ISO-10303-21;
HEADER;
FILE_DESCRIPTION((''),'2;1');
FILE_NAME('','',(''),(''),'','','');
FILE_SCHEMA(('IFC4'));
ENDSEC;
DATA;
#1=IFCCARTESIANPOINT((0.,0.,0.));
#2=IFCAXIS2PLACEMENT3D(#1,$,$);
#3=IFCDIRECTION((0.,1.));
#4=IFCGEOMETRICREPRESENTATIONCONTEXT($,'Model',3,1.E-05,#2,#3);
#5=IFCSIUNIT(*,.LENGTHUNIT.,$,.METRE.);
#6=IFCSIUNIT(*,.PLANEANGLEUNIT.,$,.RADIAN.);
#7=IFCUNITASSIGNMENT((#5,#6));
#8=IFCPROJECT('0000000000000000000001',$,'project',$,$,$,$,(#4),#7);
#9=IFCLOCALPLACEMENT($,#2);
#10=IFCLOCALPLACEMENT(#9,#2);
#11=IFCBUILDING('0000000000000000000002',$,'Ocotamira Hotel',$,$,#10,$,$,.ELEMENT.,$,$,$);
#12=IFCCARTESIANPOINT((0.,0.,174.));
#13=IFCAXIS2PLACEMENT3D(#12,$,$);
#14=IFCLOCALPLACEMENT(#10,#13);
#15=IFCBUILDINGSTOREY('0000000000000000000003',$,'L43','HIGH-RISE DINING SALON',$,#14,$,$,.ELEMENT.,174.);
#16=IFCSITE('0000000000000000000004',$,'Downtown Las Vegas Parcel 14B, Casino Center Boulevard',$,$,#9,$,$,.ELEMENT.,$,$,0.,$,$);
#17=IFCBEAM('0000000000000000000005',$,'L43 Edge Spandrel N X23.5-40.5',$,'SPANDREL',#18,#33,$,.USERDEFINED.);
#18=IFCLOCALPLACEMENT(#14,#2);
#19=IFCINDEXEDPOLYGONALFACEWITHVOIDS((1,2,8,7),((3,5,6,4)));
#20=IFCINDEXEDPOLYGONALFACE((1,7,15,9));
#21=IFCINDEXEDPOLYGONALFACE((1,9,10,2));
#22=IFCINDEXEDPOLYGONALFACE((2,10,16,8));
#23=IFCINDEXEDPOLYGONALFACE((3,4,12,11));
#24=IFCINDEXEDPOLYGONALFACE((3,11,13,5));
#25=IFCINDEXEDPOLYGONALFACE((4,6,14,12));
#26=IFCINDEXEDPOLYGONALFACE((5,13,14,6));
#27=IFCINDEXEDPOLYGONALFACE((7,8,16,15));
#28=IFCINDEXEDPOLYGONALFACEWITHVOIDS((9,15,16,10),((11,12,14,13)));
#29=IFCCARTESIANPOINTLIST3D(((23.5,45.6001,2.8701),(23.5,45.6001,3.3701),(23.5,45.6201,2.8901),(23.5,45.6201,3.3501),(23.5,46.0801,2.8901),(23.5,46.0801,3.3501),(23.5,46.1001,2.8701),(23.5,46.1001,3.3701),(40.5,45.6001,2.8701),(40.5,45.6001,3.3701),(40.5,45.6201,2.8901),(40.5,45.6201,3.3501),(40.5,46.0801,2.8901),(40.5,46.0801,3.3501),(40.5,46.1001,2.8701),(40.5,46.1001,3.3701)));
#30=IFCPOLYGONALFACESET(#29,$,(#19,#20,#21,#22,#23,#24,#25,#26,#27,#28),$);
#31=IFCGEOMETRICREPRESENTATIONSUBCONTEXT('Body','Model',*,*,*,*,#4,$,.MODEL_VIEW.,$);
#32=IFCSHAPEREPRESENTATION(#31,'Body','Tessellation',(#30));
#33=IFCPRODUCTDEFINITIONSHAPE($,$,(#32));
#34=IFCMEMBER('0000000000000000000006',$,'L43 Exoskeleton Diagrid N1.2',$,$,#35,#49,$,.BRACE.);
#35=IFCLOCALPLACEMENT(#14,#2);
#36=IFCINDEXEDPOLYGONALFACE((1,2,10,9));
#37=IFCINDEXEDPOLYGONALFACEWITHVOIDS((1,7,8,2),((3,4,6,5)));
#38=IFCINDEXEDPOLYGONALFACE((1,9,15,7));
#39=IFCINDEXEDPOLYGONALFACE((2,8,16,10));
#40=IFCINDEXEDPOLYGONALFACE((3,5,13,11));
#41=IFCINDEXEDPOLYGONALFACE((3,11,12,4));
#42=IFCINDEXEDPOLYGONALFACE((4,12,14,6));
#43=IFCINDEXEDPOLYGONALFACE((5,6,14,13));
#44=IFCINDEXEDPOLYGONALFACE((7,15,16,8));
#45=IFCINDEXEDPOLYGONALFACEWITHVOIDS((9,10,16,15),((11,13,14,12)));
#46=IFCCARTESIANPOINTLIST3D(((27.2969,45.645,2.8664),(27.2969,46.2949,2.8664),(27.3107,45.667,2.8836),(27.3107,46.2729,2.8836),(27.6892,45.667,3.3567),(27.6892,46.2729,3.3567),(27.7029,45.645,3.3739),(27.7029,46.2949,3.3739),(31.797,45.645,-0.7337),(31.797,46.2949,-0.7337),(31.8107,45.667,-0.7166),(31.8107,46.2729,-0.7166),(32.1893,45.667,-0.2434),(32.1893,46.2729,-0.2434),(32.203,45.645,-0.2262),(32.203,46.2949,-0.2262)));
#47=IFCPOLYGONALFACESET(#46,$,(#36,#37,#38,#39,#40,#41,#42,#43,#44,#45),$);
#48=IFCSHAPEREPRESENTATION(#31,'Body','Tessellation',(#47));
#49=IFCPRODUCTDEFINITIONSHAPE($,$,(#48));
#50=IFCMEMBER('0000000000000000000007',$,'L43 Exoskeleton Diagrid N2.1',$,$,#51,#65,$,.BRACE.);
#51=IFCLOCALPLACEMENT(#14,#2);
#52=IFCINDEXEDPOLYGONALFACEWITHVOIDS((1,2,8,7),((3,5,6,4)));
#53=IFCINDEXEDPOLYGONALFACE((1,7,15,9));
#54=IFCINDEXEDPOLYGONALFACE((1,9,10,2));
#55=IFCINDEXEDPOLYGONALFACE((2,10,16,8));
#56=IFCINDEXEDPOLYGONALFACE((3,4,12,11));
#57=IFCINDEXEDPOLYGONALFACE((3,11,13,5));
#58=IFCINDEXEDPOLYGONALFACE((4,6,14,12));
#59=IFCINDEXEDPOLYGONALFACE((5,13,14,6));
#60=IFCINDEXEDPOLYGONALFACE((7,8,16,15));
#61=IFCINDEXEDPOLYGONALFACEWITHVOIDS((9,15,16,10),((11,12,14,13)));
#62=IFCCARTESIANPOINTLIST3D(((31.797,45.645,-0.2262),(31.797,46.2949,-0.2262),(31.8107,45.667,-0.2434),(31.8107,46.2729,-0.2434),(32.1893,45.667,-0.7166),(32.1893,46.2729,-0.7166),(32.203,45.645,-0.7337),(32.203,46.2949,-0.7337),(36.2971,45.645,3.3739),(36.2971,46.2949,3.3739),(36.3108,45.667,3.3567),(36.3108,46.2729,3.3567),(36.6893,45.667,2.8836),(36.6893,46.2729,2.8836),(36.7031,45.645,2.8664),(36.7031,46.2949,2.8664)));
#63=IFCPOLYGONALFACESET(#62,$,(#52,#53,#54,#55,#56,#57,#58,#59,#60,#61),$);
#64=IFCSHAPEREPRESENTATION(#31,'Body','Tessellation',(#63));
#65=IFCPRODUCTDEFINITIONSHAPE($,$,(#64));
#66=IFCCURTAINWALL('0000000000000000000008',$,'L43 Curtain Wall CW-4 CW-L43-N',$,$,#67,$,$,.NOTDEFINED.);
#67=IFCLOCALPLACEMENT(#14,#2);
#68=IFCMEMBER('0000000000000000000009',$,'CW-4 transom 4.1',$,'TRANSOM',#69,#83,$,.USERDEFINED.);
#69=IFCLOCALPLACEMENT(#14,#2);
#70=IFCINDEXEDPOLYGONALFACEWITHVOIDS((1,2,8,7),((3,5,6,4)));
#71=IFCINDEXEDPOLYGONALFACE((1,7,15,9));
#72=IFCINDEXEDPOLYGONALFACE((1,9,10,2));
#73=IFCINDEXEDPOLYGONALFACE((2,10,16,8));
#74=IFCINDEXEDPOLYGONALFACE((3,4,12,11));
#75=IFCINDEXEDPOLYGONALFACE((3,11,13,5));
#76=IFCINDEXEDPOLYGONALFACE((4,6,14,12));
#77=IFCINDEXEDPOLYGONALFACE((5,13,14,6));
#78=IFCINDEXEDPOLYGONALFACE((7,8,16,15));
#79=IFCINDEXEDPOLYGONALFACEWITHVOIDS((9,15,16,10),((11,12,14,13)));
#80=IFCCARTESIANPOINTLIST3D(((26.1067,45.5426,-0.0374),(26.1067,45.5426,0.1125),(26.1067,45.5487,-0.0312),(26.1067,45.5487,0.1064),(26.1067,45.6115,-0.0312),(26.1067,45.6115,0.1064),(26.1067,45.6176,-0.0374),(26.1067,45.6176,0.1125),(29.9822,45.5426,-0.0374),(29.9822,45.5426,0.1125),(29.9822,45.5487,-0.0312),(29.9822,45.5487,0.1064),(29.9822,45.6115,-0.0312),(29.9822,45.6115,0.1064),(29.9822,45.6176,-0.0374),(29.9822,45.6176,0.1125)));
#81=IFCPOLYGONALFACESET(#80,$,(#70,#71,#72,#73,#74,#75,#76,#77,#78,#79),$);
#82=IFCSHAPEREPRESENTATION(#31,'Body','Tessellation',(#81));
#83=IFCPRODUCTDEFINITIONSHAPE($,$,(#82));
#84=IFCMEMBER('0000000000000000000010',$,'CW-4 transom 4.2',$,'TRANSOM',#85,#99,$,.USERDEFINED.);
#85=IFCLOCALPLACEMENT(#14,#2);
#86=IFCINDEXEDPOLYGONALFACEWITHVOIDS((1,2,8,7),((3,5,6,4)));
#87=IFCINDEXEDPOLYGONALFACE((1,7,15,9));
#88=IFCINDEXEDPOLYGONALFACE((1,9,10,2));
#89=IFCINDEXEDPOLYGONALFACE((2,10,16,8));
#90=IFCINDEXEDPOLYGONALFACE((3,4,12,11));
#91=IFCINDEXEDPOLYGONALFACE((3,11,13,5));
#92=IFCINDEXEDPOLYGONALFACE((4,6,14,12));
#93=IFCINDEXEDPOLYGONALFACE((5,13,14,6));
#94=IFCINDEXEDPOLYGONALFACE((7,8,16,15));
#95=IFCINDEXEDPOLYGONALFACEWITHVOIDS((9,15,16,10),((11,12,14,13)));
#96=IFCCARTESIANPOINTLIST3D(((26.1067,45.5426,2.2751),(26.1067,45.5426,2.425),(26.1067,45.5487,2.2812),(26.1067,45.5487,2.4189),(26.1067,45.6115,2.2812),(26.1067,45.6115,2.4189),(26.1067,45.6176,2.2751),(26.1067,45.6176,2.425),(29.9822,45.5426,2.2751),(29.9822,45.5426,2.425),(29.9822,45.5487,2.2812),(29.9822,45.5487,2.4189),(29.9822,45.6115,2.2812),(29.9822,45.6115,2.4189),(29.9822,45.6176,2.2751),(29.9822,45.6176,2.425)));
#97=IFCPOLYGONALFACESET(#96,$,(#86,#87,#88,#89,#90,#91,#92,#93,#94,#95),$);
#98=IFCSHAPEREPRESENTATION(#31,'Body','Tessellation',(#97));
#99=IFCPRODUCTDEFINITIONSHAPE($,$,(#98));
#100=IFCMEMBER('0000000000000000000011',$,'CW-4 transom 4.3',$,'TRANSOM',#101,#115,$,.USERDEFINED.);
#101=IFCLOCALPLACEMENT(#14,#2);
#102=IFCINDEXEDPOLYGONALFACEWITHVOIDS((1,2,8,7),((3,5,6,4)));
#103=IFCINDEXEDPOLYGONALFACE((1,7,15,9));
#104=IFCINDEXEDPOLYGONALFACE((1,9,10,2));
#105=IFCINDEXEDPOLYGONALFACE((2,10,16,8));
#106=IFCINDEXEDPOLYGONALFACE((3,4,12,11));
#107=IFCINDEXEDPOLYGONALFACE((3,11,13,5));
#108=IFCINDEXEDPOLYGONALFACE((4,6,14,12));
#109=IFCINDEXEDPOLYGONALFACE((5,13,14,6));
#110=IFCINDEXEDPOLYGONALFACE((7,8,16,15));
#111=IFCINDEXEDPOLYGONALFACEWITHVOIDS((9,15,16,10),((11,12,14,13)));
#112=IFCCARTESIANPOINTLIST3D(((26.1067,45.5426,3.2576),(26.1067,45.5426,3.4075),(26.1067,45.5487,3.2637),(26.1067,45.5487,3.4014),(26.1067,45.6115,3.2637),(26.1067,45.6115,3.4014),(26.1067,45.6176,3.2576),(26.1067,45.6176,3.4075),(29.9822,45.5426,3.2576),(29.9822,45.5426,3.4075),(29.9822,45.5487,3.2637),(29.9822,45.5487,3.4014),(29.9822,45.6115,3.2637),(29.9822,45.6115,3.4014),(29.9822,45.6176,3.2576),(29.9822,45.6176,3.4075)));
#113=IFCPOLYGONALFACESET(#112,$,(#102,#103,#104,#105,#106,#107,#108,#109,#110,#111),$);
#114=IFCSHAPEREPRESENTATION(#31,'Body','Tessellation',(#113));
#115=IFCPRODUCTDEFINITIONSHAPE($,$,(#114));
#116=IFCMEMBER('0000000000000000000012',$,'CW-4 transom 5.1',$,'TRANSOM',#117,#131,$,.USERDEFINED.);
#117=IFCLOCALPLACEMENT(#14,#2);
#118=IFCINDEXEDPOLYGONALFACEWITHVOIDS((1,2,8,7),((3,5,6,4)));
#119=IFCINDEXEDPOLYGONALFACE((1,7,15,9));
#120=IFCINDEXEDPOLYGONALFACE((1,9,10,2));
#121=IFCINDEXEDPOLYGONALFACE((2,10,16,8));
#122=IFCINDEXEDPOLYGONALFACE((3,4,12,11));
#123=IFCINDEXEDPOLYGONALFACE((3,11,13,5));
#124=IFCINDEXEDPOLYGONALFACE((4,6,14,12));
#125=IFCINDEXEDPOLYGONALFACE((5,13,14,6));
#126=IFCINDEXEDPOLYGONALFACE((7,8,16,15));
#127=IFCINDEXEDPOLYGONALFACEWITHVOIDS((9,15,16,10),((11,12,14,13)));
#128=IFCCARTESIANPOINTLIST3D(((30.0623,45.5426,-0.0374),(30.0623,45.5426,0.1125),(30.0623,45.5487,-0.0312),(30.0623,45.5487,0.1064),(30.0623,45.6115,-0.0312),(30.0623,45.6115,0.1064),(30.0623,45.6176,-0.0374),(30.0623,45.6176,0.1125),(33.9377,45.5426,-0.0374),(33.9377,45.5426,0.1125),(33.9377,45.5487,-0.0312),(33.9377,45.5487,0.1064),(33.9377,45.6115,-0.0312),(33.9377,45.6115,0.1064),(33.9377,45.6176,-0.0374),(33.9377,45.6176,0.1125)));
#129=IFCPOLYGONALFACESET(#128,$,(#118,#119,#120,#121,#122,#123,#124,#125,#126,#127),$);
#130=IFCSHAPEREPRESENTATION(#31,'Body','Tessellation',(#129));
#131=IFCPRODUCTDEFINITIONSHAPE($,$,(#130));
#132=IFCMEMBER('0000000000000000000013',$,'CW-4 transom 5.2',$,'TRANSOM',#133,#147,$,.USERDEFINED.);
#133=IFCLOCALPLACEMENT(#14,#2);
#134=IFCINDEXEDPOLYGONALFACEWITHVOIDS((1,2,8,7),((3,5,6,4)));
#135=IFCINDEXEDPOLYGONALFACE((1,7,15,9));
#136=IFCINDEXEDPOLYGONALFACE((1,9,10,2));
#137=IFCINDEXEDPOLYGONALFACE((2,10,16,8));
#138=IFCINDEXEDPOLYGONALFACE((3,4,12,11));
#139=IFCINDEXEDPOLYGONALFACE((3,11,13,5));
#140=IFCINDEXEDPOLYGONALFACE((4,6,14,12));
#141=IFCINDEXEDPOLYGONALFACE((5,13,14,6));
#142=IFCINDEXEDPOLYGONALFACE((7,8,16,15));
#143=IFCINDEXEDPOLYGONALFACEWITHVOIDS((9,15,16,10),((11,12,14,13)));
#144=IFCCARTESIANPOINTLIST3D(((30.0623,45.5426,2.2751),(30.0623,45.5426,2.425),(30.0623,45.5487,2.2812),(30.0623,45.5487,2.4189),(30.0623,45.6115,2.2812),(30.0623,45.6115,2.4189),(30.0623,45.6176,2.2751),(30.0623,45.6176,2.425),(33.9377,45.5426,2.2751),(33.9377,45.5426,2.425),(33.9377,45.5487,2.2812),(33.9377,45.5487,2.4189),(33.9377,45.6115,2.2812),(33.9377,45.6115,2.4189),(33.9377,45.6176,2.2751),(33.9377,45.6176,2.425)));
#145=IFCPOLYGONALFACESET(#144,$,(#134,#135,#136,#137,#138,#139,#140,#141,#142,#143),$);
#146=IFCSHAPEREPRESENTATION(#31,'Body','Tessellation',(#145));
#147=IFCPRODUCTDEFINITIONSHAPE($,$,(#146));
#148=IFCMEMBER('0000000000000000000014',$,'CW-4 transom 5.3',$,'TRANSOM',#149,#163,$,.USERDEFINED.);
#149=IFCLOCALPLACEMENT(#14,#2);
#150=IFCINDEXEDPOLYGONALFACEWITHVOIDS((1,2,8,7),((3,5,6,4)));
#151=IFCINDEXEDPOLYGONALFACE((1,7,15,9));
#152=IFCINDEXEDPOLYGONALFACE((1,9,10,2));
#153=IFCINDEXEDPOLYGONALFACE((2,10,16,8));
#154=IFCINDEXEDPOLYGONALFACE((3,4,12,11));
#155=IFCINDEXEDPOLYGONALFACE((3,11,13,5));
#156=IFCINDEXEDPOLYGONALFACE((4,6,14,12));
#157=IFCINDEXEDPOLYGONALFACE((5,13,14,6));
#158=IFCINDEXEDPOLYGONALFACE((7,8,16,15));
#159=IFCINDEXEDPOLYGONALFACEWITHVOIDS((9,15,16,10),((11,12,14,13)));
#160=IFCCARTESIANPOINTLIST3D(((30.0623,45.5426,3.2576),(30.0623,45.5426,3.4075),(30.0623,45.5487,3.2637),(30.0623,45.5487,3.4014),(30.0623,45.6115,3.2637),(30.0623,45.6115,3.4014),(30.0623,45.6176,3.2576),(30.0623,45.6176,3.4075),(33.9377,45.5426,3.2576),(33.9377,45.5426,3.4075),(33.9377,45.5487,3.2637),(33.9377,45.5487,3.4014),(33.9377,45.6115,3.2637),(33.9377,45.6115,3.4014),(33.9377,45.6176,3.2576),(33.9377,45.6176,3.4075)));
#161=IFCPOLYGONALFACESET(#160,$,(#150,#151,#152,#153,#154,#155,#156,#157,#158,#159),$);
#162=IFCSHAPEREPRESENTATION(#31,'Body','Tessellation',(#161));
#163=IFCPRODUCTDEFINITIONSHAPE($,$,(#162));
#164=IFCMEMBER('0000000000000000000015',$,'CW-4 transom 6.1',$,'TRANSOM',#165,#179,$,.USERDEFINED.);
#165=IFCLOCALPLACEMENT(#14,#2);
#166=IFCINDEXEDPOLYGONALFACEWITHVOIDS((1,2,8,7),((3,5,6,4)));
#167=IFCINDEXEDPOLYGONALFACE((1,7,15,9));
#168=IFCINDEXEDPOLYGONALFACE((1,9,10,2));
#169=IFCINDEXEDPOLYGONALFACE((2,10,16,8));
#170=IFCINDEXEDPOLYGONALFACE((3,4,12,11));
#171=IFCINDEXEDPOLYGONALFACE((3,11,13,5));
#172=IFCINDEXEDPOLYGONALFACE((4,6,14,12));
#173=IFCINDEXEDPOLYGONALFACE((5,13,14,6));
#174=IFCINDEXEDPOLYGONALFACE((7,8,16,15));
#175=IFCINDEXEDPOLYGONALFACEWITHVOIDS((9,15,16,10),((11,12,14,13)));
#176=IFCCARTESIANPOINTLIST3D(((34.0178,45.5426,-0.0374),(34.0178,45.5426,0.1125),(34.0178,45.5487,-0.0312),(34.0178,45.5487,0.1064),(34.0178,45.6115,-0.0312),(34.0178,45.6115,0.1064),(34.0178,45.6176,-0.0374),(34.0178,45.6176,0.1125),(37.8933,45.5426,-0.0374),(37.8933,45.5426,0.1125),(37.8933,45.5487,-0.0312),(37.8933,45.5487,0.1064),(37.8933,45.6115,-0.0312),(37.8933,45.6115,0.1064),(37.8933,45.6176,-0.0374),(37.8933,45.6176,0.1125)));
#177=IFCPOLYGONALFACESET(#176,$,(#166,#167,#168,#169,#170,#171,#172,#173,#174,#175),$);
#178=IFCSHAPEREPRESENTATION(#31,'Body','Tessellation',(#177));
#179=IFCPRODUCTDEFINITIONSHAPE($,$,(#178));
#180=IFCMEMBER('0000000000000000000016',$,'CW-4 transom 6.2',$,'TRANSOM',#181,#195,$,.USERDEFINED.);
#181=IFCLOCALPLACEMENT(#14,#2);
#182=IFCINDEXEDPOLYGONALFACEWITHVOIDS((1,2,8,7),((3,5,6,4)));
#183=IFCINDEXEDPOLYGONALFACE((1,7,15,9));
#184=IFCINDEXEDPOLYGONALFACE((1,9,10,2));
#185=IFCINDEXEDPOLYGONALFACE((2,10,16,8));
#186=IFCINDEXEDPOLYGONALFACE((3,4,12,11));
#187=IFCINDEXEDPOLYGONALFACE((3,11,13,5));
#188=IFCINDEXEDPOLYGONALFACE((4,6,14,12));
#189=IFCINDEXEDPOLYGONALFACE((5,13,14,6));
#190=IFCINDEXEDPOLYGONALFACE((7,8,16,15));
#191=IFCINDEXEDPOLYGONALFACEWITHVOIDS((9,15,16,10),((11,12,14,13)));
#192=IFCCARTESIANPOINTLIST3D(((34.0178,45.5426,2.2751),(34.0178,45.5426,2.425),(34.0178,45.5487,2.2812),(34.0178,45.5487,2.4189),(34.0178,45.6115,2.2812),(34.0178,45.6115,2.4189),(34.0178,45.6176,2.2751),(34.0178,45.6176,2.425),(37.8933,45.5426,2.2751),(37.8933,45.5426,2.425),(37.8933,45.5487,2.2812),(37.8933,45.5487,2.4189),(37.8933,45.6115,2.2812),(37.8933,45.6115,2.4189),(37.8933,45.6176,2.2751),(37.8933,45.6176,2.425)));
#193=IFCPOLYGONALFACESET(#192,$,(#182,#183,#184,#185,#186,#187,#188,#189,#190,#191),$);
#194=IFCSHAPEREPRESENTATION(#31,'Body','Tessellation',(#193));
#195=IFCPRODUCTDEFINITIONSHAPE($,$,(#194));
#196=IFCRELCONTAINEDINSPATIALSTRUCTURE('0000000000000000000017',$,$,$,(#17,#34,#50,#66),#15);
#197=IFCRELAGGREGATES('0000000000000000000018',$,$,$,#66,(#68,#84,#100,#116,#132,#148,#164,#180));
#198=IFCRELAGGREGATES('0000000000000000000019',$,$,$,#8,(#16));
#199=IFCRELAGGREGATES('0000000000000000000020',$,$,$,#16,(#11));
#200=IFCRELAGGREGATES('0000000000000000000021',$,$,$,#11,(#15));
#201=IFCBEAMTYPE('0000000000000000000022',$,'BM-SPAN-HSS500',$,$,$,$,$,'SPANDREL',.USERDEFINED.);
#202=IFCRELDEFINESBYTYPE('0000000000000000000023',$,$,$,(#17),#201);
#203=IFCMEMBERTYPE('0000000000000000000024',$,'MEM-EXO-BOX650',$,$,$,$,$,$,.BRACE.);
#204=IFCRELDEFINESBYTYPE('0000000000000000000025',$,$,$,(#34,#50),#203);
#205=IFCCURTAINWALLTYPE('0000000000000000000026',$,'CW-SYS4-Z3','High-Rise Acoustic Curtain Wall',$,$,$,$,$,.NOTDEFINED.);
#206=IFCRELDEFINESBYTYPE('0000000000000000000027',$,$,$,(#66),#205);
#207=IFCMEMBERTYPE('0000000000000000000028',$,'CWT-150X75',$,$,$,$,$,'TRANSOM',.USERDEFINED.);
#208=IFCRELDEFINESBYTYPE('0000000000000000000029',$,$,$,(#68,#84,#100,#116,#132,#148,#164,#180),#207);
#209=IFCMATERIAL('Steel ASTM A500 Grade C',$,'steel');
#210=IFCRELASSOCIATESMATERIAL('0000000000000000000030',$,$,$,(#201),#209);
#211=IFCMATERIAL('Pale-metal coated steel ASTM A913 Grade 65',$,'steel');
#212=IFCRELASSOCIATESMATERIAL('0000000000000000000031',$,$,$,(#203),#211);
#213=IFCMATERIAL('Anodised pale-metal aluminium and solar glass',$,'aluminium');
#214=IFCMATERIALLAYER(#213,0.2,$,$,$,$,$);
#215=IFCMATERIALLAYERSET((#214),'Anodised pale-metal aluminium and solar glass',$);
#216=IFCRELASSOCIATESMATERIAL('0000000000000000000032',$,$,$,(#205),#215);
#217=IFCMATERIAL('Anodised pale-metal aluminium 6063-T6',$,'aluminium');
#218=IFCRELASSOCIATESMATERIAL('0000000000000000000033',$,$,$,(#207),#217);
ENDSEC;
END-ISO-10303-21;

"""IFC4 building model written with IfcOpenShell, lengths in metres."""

from ifc_helpers import new_model, si_unit, direction, frame, origin, origin_2d, place, context, subcontext, project, spatial, hollow_rectangle, extrude, source, transform, mapped, material, layer, layer_set, material_profile, profile_set, type_object, element, aggregate, save


model = new_model("IFC4")

# Units and contexts
model_context = context("Model", 3, precision=1e-05, world=origin(), true_north=direction((0.0, 1.0)))
body_context = subcontext(model_context, "Body", "Model", "MODEL_VIEW")
ifc_project = project(units=[si_unit("LENGTHUNIT", "METRE"), si_unit("PLANEANGLEUNIT", "RADIAN")], contexts=[model_context])

# Site, building, storey
site_placement = place(None, origin())
site = spatial("IfcSite", under=ifc_project, at=site_placement, Name="Downtown Las Vegas Parcel 14B, Casino Center Boulevard", CompositionType="ELEMENT", RefElevation=0.0)
building_placement = place(site_placement, origin())
building = spatial("IfcBuilding", under=site, at=building_placement, Name="Ocotamira Hotel", CompositionType="ELEMENT")
storey_placement = place(building_placement, frame((0.0, 0.0, 174.0)))
storey = spatial("IfcBuildingStorey", under=building, at=storey_placement, Name="L43", Description="HIGH-RISE DINING SALON", CompositionType="ELEMENT", Elevation=174.0)

# Beam
ifc_material_1 = material(Name="Steel ASTM A500 Grade C", Category="steel")
ifc_material_profile_1 = material_profile(ifc_material_1, hollow_rectangle(XDim=0.5, YDim=0.5, WallThickness=0.02, at=origin_2d()), Name="HSS500X500X20")
ifc_profile_set_1 = profile_set([ifc_material_profile_1], Name="Steel ASTM A500 Grade C")
beam_type = type_object("IfcBeamType", Name="BM-SPAN-HSS500", ElementType="SPANDREL", PredefinedType="USERDEFINED", material=ifc_profile_set_1)
shared_shape_1 = source(origin(), body_context, "Body", "SweptSolid", [
    extrude(hollow_rectangle(XDim=0.5, YDim=0.5, WallThickness=0.02, at=origin_2d()), origin(), (0.0, 0.0, 1.0), 17.0),
])
beam_placement = place(storey_placement, frame((23.5, 45.8501, 3.1201), z_axis=(1.0, 0.0, 0.0), x_axis=(0.0, 1.0, 0.0)))
element("IfcBeam", 1, at=beam_placement, inside=storey, type_object=beam_type, Name="L43 Edge Spandrel N X23.5-40.5", ObjectType="SPANDREL", PredefinedType="USERDEFINED", context=body_context, shape_type="MappedRepresentation", body=[
    mapped(shared_shape_1, transform((0.0, 0.0, 0.0), scale=1.0)),
])

# Members
ifc_material_2 = material(Name="Pale-metal coated steel ASTM A913 Grade 65", Category="steel")
ifc_material_profile_2 = material_profile(ifc_material_2, hollow_rectangle(XDim=0.6499, YDim=0.6499, WallThickness=0.022, at=origin_2d()), Name="BOX650X650X22")
ifc_profile_set_2 = profile_set([ifc_material_profile_2], Name="Pale-metal coated steel ASTM A913 Grade 65")
member_type_1 = type_object("IfcMemberType", Name="MEM-EXO-BOX650", PredefinedType="BRACE", material=ifc_profile_set_2)
shared_shape_2 = source(origin(), body_context, "Body", "SweptSolid", [
    extrude(hollow_rectangle(XDim=0.6499, YDim=0.6499, WallThickness=0.022, at=origin_2d()), origin(), (0.0, 0.0, 1.0), 5.7629),
])
for number, where, z_axis, x_axis, name in (
    (2, (32.0, 45.97, -0.48), (-0.780861, 0.0, 0.624705), (0.0, -1.0, 0.0), "L43 Exoskeleton Diagrid N1.2"),
    (3, (32.0, 45.97, -0.48), (0.780861, 0.0, 0.624705), (0.0, 1.0, 0.0), "L43 Exoskeleton Diagrid N2.1"),
):
    element("IfcMember", number, at=place(storey_placement, frame(where, z_axis=z_axis, x_axis=x_axis)), inside=storey, type_object=member_type_1, Name=name, PredefinedType="BRACE", context=body_context, shape_type="MappedRepresentation", body=[
        mapped(shared_shape_2, transform((0.0, 0.0, 0.0), scale=1.0)),
    ])

# Curtain wall, members
ifc_material_3 = material(Name="Anodised pale-metal aluminium and solar glass", Category="aluminium")
ifc_layer_1 = layer(ifc_material_3, 0.2)
ifc_layer_set_1 = layer_set([ifc_layer_1], Name="Anodised pale-metal aluminium and solar glass")
curtain_wall_type = type_object("IfcCurtainWallType", Name="CW-SYS4-Z3", Description="High-Rise Acoustic Curtain Wall", PredefinedType="NOTDEFINED", material=ifc_layer_set_1)
curtain_wall_placement = place(storey_placement, origin())
curtain_wall = element("IfcCurtainWall", 4, at=curtain_wall_placement, inside=storey, type_object=curtain_wall_type, Name="L43 Curtain Wall CW-4 CW-L43-N", PredefinedType="NOTDEFINED")
ifc_material_4 = material(Name="Anodised pale-metal aluminium 6063-T6", Category="aluminium")
ifc_material_profile_3 = material_profile(ifc_material_4, hollow_rectangle(XDim=0.075, YDim=0.1499, WallThickness=0.0061, at=origin_2d()), Name="HSS150X75X6")
ifc_profile_set_3 = profile_set([ifc_material_profile_3], Name="Anodised pale-metal aluminium 6063-T6")
member_type_2 = type_object("IfcMemberType", Name="CWT-150X75", ElementType="TRANSOM", PredefinedType="USERDEFINED", material=ifc_profile_set_3)
shared_shape_3 = source(origin(), body_context, "Body", "SweptSolid", [
    extrude(hollow_rectangle(XDim=0.075, YDim=0.1499, WallThickness=0.0061, at=origin_2d()), origin(), (0.0, 0.0, 1.0), 3.8755),
])
member_1_placement = place(storey_placement, frame((26.1067, 45.5801, 0.0376), z_axis=(1.0, 0.0, 0.0), x_axis=(0.0, 1.0, 0.0)))
member_1 = element("IfcMember", 5, at=member_1_placement, type_object=member_type_2, Name="CW-4 transom 4.1", ObjectType="TRANSOM", PredefinedType="USERDEFINED", context=body_context, shape_type="MappedRepresentation", body=[
    mapped(shared_shape_3, transform((0.0, 0.0, 0.0), scale=1.0)),
])
member_2_placement = place(storey_placement, frame((26.1067, 45.5801, 2.3501), z_axis=(1.0, 0.0, 0.0), x_axis=(0.0, 1.0, 0.0)))
member_2 = element("IfcMember", 6, at=member_2_placement, type_object=member_type_2, Name="CW-4 transom 4.2", ObjectType="TRANSOM", PredefinedType="USERDEFINED", context=body_context, shape_type="MappedRepresentation", body=[
    mapped(shared_shape_3, transform((0.0, 0.0, 0.0), scale=1.0)),
])
member_3_placement = place(storey_placement, frame((26.1067, 45.5801, 3.3325), z_axis=(1.0, 0.0, 0.0), x_axis=(0.0, 1.0, 0.0)))
member_3 = element("IfcMember", 7, at=member_3_placement, type_object=member_type_2, Name="CW-4 transom 4.3", ObjectType="TRANSOM", PredefinedType="USERDEFINED", context=body_context, shape_type="MappedRepresentation", body=[
    mapped(shared_shape_3, transform((0.0, 0.0, 0.0), scale=1.0)),
])
member_4_placement = place(storey_placement, frame((30.0623, 45.5801, 0.0376), z_axis=(1.0, 0.0, 0.0), x_axis=(0.0, 1.0, 0.0)))
member_4 = element("IfcMember", 8, at=member_4_placement, type_object=member_type_2, Name="CW-4 transom 5.1", ObjectType="TRANSOM", PredefinedType="USERDEFINED", context=body_context, shape_type="MappedRepresentation", body=[
    mapped(shared_shape_3, transform((0.0, 0.0, 0.0), scale=1.0)),
])
member_5_placement = place(storey_placement, frame((30.0623, 45.5801, 2.3501), z_axis=(1.0, 0.0, 0.0), x_axis=(0.0, 1.0, 0.0)))
member_5 = element("IfcMember", 9, at=member_5_placement, type_object=member_type_2, Name="CW-4 transom 5.2", ObjectType="TRANSOM", PredefinedType="USERDEFINED", context=body_context, shape_type="MappedRepresentation", body=[
    mapped(shared_shape_3, transform((0.0, 0.0, 0.0), scale=1.0)),
])
member_6_placement = place(storey_placement, frame((30.0623, 45.5801, 3.3325), z_axis=(1.0, 0.0, 0.0), x_axis=(0.0, 1.0, 0.0)))
member_6 = element("IfcMember", 10, at=member_6_placement, type_object=member_type_2, Name="CW-4 transom 5.3", ObjectType="TRANSOM", PredefinedType="USERDEFINED", context=body_context, shape_type="MappedRepresentation", body=[
    mapped(shared_shape_3, transform((0.0, 0.0, 0.0), scale=1.0)),
])
member_7_placement = place(storey_placement, frame((34.0178, 45.5801, 0.0376), z_axis=(1.0, 0.0, 0.0), x_axis=(0.0, 1.0, 0.0)))
member_7 = element("IfcMember", 11, at=member_7_placement, type_object=member_type_2, Name="CW-4 transom 6.1", ObjectType="TRANSOM", PredefinedType="USERDEFINED", context=body_context, shape_type="MappedRepresentation", body=[
    mapped(shared_shape_3, transform((0.0, 0.0, 0.0), scale=1.0)),
])
member_8_placement = place(storey_placement, frame((34.0178, 45.5801, 2.3501), z_axis=(1.0, 0.0, 0.0), x_axis=(0.0, 1.0, 0.0)))
member_8 = element("IfcMember", 12, at=member_8_placement, type_object=member_type_2, Name="CW-4 transom 6.2", ObjectType="TRANSOM", PredefinedType="USERDEFINED", context=body_context, shape_type="MappedRepresentation", body=[
    mapped(shared_shape_3, transform((0.0, 0.0, 0.0), scale=1.0)),
])

aggregate(curtain_wall, [member_1, member_2, member_3, member_4, member_5, member_6, member_7, member_8])

save(model, "model.ifc")
